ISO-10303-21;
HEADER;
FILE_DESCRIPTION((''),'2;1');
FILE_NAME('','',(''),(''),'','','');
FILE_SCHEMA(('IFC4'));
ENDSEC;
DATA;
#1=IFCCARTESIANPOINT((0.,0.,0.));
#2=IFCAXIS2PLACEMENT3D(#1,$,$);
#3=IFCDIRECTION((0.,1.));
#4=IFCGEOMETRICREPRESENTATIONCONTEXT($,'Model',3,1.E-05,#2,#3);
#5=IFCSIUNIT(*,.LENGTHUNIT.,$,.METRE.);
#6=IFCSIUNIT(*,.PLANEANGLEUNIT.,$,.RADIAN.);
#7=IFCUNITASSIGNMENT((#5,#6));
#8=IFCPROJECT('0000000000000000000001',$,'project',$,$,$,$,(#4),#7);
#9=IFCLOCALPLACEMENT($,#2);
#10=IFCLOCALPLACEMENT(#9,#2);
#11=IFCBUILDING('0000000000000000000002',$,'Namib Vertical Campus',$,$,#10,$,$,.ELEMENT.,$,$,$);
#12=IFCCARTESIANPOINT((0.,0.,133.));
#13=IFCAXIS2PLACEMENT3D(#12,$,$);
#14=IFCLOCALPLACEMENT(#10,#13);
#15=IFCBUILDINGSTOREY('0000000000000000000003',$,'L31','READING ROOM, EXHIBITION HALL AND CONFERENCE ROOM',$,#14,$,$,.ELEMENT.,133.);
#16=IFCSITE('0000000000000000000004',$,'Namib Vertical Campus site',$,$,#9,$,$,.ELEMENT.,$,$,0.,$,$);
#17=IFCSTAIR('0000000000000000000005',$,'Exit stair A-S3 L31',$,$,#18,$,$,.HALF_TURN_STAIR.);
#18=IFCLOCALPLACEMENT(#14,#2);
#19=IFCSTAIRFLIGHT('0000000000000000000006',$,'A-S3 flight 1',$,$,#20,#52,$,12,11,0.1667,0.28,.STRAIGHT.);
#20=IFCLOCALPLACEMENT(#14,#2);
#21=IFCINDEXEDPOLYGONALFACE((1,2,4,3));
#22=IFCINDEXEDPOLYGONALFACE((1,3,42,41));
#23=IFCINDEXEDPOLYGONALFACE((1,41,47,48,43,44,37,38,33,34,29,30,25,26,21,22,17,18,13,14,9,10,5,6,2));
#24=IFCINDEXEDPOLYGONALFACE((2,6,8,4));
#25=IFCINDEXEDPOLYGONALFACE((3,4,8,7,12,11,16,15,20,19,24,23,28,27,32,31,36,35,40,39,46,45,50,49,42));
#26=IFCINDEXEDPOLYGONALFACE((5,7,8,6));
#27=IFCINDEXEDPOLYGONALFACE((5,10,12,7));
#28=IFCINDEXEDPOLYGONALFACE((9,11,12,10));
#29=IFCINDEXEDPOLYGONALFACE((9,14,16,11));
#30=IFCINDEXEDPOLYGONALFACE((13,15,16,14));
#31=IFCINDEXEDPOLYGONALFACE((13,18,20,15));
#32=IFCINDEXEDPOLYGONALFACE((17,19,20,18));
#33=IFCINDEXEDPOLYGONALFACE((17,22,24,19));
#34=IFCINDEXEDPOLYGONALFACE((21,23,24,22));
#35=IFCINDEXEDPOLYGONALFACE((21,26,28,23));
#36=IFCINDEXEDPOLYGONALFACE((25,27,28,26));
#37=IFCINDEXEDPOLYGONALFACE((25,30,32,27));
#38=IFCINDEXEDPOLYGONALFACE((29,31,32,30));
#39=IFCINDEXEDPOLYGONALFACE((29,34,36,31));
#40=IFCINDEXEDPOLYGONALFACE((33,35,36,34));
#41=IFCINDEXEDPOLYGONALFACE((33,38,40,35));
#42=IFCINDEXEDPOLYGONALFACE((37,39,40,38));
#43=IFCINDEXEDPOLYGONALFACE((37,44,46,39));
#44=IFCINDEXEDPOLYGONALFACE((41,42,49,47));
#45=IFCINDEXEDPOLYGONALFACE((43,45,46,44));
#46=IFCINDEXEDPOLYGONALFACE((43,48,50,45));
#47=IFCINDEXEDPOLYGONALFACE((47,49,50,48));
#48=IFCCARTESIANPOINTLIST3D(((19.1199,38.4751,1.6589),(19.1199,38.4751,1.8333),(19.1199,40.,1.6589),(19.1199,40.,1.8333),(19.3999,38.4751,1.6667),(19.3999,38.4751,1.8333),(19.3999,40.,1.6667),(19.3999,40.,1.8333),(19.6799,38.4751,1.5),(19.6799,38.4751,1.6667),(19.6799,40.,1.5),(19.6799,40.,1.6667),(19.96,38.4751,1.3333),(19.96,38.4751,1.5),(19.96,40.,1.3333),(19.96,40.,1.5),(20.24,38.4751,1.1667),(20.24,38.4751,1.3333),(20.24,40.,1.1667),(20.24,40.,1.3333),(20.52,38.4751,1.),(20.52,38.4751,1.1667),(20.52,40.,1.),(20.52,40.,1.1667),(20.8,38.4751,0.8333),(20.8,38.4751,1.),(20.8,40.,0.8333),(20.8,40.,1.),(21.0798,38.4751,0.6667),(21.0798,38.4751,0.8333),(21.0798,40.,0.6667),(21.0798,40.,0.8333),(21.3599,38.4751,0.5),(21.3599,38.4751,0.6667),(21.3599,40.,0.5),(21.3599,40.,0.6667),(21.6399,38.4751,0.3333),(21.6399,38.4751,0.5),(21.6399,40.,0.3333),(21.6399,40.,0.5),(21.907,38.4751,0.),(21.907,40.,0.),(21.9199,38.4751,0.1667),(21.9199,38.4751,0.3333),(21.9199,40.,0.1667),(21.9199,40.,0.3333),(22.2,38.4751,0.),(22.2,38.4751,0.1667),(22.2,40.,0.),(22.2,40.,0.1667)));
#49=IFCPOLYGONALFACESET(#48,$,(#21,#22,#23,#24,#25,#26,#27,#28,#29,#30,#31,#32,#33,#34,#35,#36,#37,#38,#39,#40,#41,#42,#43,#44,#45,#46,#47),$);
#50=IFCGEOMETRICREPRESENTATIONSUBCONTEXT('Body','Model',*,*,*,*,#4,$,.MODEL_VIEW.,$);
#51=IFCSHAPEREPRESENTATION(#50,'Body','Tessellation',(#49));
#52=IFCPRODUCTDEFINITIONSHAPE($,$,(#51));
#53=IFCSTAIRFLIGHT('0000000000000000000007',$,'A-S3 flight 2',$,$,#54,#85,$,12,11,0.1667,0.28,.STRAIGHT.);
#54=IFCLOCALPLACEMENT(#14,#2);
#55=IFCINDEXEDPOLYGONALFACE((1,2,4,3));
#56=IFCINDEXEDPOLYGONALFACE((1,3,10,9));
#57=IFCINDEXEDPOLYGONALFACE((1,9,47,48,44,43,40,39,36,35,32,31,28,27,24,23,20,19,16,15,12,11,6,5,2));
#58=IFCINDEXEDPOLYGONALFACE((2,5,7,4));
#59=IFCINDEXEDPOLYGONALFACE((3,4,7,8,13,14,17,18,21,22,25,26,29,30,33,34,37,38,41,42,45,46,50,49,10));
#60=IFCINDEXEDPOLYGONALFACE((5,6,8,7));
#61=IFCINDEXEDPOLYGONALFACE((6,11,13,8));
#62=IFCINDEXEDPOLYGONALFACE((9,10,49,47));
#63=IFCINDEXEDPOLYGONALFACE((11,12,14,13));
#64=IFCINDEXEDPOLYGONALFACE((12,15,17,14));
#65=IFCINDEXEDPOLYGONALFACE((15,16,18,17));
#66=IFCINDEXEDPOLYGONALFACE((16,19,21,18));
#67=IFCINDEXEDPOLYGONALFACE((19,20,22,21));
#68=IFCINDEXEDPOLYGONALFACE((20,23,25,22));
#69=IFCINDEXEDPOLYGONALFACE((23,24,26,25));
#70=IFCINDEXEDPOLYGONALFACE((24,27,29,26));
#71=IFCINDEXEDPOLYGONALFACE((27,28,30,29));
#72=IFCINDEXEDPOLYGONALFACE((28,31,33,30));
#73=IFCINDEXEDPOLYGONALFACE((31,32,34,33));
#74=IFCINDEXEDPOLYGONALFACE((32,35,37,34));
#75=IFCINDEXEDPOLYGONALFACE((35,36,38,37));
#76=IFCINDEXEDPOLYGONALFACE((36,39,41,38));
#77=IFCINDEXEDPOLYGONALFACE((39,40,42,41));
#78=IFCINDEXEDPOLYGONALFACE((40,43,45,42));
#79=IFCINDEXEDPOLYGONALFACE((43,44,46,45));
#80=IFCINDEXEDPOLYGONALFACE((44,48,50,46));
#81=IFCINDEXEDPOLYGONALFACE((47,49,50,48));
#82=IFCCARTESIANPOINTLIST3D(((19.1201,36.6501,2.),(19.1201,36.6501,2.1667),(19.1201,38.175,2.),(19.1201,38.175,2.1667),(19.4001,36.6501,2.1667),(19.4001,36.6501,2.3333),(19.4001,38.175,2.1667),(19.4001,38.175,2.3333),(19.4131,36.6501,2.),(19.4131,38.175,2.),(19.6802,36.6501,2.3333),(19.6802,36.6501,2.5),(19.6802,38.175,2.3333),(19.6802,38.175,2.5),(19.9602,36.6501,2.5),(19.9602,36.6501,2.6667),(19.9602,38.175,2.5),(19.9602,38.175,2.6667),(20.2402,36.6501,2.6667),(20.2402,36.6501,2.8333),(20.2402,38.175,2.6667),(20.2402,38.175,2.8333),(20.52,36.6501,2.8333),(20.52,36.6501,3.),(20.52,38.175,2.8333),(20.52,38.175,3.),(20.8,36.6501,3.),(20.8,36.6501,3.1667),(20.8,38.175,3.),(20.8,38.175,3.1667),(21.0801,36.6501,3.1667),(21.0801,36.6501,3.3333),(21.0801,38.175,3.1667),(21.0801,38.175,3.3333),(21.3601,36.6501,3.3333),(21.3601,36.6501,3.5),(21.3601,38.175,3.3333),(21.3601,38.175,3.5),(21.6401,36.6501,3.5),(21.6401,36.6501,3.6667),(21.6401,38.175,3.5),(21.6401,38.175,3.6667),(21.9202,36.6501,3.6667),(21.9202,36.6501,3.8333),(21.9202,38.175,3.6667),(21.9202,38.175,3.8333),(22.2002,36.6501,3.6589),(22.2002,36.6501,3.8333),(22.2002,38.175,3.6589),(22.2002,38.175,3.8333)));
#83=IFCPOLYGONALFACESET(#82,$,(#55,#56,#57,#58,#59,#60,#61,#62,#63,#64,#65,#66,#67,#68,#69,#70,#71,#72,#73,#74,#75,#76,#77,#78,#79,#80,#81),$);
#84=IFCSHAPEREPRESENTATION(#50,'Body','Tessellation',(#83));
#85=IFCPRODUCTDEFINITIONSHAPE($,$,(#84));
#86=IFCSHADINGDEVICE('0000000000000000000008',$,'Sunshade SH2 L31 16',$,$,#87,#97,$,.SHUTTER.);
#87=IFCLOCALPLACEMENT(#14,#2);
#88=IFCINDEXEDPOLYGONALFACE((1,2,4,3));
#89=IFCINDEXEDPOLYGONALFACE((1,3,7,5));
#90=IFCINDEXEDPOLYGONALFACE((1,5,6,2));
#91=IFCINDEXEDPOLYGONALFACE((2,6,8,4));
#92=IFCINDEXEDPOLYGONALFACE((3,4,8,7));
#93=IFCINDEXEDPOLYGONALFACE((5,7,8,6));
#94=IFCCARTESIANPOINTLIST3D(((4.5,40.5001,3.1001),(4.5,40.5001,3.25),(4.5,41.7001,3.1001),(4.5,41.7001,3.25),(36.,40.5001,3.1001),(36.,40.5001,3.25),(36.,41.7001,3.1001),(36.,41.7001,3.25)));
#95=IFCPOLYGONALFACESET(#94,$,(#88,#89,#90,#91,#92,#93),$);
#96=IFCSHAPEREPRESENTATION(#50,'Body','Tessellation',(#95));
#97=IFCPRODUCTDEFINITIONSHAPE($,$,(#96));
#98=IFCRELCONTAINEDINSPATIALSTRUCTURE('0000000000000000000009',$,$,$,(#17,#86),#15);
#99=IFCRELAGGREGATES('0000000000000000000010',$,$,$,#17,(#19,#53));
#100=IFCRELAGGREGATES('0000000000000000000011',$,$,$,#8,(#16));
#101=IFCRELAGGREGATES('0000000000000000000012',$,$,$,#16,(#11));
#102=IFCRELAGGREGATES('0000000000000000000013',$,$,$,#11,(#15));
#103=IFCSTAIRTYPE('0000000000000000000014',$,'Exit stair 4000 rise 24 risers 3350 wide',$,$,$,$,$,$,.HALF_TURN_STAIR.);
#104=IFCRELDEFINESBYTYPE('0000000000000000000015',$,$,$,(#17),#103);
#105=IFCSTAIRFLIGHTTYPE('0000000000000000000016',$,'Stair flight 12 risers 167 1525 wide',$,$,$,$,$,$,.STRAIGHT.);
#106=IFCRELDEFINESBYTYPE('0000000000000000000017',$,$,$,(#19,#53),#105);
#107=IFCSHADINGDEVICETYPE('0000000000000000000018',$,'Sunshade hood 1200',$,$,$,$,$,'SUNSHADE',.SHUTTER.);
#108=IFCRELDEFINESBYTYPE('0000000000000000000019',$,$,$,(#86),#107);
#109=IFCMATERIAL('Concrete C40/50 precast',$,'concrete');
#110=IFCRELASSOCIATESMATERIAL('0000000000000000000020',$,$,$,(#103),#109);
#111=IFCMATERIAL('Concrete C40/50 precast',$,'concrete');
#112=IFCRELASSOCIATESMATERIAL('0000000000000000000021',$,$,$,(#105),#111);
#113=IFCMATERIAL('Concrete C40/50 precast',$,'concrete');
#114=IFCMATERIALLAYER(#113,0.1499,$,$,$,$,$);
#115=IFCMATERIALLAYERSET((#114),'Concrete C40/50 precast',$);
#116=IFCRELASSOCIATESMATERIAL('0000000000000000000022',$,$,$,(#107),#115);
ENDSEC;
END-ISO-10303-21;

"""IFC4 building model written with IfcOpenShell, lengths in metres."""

from ifc_helpers import new_model, si_unit, direction, frame, origin, origin_2d, place, context, subcontext, project, spatial, polyline, rectangle, outline, extrude, material, layer, layer_set, type_object, element, aggregate, save


model = new_model("IFC4")

# Units and contexts
model_context = context("Model", 3, precision=1e-05, world=origin(), true_north=direction((0.0, 1.0)))
body_context = subcontext(model_context, "Body", "Model", "MODEL_VIEW")
ifc_project = project(units=[si_unit("LENGTHUNIT", "METRE"), si_unit("PLANEANGLEUNIT", "RADIAN")], contexts=[model_context])

# Site, building, storey
site_placement = place(None, origin())
site = spatial("IfcSite", under=ifc_project, at=site_placement, Name="Namib Vertical Campus site", CompositionType="ELEMENT", RefElevation=0.0)
building_placement = place(site_placement, origin())
building = spatial("IfcBuilding", under=site, at=building_placement, Name="Namib Vertical Campus", CompositionType="ELEMENT")
storey_placement = place(building_placement, frame((0.0, 0.0, 133.0)))
storey = spatial("IfcBuildingStorey", under=building, at=storey_placement, Name="L31", Description="READING ROOM, EXHIBITION HALL AND CONFERENCE ROOM", CompositionType="ELEMENT", Elevation=133.0)

# Stair, stair flights
ifc_material_1 = material(Name="Concrete C40/50 precast", Category="concrete")
stair_type = type_object("IfcStairType", Name="Exit stair 4000 rise 24 risers 3350 wide", PredefinedType="HALF_TURN_STAIR", material=ifc_material_1)
stair_placement = place(storey_placement, origin())
stair = element("IfcStair", 1, at=stair_placement, inside=storey, type_object=stair_type, Name="Exit stair A-S3 L31", PredefinedType="HALF_TURN_STAIR")
ifc_material_2 = material(Name="Concrete C40/50 precast", Category="concrete")
stair_flight_type = type_object("IfcStairFlightType", Name="Stair flight 12 risers 167 1525 wide", PredefinedType="STRAIGHT", material=ifc_material_2)
stair_flight_1_placement = place(storey_placement, frame((22.2, 39.2375, 0.0), z_axis=(0.0, 0.0, 1.0), x_axis=(-1.0, 0.0, 0.0)))
stair_flight_1 = element("IfcStairFlight", 2, at=stair_flight_1_placement, type_object=stair_flight_type, Name="A-S3 flight 1", NumberOfRisers=12, NumberOfTreads=11, PredefinedType="STRAIGHT", RiserHeight=0.1667, TreadLength=0.28, context=body_context, shape_type="SweptSolid", body=[
    extrude(outline(polyline([(0.0, 0.0), (0.0, 0.1667), (0.28, 0.1667), (0.28, 0.3333), (0.5601, 0.3333), (0.5601, 0.5), (0.8401, 0.5), (0.8401, 0.6667), (1.1201, 0.6667), (1.1201, 0.8333), (1.3999, 0.8333), (1.3999, 1.0), (1.6799, 1.0), (1.6799, 1.1667), (1.96, 1.1667), (1.96, 1.3333), (2.24, 1.3333), (2.24, 1.5), (2.52, 1.5), (2.52, 1.6667), (2.8, 1.6667), (2.8, 1.8333), (3.0801, 1.8333), (3.0801, 2.0), (3.0801, 1.6589), (0.293, 0.0), (0.0, 0.0)])), frame((0.0, 0.7625, 0.0), z_axis=(0.0, -1.0, 0.0), x_axis=(1.0, 0.0, 0.0)), (0.0, 0.0, 1.0), 1.5249),
])
stair_flight_2_placement = place(storey_placement, frame((19.1201, 37.4126, 2.0), z_axis=(0.0, 0.0, 1.0), x_axis=(1.0, 0.0, 0.0)))
stair_flight_2 = element("IfcStairFlight", 3, at=stair_flight_2_placement, type_object=stair_flight_type, Name="A-S3 flight 2", NumberOfRisers=12, NumberOfTreads=11, PredefinedType="STRAIGHT", RiserHeight=0.1667, TreadLength=0.28, context=body_context, shape_type="SweptSolid", body=[
    extrude(outline(polyline([(0.0, 0.0), (0.0, 0.1667), (0.28, 0.1667), (0.28, 0.3333), (0.5601, 0.3333), (0.5601, 0.5), (0.8401, 0.5), (0.8401, 0.6667), (1.1201, 0.6667), (1.1201, 0.8333), (1.3999, 0.8333), (1.3999, 1.0), (1.6799, 1.0), (1.6799, 1.1667), (1.96, 1.1667), (1.96, 1.3333), (2.24, 1.3333), (2.24, 1.5), (2.52, 1.5), (2.52, 1.6667), (2.8, 1.6667), (2.8, 1.8333), (3.0801, 1.8333), (3.0801, 2.0), (3.0801, 1.6589), (0.293, 0.0), (0.0, 0.0)])), frame((0.0, 0.7625, 0.0), z_axis=(0.0, -1.0, 0.0), x_axis=(1.0, 0.0, 0.0)), (0.0, 0.0, 1.0), 1.5249),
])
aggregate(stair, [stair_flight_1, stair_flight_2])

# Shading device
ifc_material_3 = material(Name="Concrete C40/50 precast", Category="concrete")
ifc_layer_1 = layer(ifc_material_3, 0.1499)
ifc_layer_set_1 = layer_set([ifc_layer_1], Name="Concrete C40/50 precast")
shading_device_type = type_object("IfcShadingDeviceType", Name="Sunshade hood 1200", ElementType="SUNSHADE", PredefinedType="SHUTTER", material=ifc_layer_set_1)
shading_device_placement = place(storey_placement, frame((20.25, 41.1001, 3.1001), z_axis=(0.0, 0.0, 1.0), x_axis=(-1.0, 0.0, 0.0)))
element("IfcShadingDevice", 4, at=shading_device_placement, inside=storey, type_object=shading_device_type, Name="Sunshade SH2 L31 16", PredefinedType="SHUTTER", context=body_context, shape_type="SweptSolid", body=[
    extrude(rectangle(XDim=31.5, YDim=1.2, at=origin_2d()), origin(), (0.0, 0.0, 1.0), 0.1499),
])

save(model, "model.ifc")
